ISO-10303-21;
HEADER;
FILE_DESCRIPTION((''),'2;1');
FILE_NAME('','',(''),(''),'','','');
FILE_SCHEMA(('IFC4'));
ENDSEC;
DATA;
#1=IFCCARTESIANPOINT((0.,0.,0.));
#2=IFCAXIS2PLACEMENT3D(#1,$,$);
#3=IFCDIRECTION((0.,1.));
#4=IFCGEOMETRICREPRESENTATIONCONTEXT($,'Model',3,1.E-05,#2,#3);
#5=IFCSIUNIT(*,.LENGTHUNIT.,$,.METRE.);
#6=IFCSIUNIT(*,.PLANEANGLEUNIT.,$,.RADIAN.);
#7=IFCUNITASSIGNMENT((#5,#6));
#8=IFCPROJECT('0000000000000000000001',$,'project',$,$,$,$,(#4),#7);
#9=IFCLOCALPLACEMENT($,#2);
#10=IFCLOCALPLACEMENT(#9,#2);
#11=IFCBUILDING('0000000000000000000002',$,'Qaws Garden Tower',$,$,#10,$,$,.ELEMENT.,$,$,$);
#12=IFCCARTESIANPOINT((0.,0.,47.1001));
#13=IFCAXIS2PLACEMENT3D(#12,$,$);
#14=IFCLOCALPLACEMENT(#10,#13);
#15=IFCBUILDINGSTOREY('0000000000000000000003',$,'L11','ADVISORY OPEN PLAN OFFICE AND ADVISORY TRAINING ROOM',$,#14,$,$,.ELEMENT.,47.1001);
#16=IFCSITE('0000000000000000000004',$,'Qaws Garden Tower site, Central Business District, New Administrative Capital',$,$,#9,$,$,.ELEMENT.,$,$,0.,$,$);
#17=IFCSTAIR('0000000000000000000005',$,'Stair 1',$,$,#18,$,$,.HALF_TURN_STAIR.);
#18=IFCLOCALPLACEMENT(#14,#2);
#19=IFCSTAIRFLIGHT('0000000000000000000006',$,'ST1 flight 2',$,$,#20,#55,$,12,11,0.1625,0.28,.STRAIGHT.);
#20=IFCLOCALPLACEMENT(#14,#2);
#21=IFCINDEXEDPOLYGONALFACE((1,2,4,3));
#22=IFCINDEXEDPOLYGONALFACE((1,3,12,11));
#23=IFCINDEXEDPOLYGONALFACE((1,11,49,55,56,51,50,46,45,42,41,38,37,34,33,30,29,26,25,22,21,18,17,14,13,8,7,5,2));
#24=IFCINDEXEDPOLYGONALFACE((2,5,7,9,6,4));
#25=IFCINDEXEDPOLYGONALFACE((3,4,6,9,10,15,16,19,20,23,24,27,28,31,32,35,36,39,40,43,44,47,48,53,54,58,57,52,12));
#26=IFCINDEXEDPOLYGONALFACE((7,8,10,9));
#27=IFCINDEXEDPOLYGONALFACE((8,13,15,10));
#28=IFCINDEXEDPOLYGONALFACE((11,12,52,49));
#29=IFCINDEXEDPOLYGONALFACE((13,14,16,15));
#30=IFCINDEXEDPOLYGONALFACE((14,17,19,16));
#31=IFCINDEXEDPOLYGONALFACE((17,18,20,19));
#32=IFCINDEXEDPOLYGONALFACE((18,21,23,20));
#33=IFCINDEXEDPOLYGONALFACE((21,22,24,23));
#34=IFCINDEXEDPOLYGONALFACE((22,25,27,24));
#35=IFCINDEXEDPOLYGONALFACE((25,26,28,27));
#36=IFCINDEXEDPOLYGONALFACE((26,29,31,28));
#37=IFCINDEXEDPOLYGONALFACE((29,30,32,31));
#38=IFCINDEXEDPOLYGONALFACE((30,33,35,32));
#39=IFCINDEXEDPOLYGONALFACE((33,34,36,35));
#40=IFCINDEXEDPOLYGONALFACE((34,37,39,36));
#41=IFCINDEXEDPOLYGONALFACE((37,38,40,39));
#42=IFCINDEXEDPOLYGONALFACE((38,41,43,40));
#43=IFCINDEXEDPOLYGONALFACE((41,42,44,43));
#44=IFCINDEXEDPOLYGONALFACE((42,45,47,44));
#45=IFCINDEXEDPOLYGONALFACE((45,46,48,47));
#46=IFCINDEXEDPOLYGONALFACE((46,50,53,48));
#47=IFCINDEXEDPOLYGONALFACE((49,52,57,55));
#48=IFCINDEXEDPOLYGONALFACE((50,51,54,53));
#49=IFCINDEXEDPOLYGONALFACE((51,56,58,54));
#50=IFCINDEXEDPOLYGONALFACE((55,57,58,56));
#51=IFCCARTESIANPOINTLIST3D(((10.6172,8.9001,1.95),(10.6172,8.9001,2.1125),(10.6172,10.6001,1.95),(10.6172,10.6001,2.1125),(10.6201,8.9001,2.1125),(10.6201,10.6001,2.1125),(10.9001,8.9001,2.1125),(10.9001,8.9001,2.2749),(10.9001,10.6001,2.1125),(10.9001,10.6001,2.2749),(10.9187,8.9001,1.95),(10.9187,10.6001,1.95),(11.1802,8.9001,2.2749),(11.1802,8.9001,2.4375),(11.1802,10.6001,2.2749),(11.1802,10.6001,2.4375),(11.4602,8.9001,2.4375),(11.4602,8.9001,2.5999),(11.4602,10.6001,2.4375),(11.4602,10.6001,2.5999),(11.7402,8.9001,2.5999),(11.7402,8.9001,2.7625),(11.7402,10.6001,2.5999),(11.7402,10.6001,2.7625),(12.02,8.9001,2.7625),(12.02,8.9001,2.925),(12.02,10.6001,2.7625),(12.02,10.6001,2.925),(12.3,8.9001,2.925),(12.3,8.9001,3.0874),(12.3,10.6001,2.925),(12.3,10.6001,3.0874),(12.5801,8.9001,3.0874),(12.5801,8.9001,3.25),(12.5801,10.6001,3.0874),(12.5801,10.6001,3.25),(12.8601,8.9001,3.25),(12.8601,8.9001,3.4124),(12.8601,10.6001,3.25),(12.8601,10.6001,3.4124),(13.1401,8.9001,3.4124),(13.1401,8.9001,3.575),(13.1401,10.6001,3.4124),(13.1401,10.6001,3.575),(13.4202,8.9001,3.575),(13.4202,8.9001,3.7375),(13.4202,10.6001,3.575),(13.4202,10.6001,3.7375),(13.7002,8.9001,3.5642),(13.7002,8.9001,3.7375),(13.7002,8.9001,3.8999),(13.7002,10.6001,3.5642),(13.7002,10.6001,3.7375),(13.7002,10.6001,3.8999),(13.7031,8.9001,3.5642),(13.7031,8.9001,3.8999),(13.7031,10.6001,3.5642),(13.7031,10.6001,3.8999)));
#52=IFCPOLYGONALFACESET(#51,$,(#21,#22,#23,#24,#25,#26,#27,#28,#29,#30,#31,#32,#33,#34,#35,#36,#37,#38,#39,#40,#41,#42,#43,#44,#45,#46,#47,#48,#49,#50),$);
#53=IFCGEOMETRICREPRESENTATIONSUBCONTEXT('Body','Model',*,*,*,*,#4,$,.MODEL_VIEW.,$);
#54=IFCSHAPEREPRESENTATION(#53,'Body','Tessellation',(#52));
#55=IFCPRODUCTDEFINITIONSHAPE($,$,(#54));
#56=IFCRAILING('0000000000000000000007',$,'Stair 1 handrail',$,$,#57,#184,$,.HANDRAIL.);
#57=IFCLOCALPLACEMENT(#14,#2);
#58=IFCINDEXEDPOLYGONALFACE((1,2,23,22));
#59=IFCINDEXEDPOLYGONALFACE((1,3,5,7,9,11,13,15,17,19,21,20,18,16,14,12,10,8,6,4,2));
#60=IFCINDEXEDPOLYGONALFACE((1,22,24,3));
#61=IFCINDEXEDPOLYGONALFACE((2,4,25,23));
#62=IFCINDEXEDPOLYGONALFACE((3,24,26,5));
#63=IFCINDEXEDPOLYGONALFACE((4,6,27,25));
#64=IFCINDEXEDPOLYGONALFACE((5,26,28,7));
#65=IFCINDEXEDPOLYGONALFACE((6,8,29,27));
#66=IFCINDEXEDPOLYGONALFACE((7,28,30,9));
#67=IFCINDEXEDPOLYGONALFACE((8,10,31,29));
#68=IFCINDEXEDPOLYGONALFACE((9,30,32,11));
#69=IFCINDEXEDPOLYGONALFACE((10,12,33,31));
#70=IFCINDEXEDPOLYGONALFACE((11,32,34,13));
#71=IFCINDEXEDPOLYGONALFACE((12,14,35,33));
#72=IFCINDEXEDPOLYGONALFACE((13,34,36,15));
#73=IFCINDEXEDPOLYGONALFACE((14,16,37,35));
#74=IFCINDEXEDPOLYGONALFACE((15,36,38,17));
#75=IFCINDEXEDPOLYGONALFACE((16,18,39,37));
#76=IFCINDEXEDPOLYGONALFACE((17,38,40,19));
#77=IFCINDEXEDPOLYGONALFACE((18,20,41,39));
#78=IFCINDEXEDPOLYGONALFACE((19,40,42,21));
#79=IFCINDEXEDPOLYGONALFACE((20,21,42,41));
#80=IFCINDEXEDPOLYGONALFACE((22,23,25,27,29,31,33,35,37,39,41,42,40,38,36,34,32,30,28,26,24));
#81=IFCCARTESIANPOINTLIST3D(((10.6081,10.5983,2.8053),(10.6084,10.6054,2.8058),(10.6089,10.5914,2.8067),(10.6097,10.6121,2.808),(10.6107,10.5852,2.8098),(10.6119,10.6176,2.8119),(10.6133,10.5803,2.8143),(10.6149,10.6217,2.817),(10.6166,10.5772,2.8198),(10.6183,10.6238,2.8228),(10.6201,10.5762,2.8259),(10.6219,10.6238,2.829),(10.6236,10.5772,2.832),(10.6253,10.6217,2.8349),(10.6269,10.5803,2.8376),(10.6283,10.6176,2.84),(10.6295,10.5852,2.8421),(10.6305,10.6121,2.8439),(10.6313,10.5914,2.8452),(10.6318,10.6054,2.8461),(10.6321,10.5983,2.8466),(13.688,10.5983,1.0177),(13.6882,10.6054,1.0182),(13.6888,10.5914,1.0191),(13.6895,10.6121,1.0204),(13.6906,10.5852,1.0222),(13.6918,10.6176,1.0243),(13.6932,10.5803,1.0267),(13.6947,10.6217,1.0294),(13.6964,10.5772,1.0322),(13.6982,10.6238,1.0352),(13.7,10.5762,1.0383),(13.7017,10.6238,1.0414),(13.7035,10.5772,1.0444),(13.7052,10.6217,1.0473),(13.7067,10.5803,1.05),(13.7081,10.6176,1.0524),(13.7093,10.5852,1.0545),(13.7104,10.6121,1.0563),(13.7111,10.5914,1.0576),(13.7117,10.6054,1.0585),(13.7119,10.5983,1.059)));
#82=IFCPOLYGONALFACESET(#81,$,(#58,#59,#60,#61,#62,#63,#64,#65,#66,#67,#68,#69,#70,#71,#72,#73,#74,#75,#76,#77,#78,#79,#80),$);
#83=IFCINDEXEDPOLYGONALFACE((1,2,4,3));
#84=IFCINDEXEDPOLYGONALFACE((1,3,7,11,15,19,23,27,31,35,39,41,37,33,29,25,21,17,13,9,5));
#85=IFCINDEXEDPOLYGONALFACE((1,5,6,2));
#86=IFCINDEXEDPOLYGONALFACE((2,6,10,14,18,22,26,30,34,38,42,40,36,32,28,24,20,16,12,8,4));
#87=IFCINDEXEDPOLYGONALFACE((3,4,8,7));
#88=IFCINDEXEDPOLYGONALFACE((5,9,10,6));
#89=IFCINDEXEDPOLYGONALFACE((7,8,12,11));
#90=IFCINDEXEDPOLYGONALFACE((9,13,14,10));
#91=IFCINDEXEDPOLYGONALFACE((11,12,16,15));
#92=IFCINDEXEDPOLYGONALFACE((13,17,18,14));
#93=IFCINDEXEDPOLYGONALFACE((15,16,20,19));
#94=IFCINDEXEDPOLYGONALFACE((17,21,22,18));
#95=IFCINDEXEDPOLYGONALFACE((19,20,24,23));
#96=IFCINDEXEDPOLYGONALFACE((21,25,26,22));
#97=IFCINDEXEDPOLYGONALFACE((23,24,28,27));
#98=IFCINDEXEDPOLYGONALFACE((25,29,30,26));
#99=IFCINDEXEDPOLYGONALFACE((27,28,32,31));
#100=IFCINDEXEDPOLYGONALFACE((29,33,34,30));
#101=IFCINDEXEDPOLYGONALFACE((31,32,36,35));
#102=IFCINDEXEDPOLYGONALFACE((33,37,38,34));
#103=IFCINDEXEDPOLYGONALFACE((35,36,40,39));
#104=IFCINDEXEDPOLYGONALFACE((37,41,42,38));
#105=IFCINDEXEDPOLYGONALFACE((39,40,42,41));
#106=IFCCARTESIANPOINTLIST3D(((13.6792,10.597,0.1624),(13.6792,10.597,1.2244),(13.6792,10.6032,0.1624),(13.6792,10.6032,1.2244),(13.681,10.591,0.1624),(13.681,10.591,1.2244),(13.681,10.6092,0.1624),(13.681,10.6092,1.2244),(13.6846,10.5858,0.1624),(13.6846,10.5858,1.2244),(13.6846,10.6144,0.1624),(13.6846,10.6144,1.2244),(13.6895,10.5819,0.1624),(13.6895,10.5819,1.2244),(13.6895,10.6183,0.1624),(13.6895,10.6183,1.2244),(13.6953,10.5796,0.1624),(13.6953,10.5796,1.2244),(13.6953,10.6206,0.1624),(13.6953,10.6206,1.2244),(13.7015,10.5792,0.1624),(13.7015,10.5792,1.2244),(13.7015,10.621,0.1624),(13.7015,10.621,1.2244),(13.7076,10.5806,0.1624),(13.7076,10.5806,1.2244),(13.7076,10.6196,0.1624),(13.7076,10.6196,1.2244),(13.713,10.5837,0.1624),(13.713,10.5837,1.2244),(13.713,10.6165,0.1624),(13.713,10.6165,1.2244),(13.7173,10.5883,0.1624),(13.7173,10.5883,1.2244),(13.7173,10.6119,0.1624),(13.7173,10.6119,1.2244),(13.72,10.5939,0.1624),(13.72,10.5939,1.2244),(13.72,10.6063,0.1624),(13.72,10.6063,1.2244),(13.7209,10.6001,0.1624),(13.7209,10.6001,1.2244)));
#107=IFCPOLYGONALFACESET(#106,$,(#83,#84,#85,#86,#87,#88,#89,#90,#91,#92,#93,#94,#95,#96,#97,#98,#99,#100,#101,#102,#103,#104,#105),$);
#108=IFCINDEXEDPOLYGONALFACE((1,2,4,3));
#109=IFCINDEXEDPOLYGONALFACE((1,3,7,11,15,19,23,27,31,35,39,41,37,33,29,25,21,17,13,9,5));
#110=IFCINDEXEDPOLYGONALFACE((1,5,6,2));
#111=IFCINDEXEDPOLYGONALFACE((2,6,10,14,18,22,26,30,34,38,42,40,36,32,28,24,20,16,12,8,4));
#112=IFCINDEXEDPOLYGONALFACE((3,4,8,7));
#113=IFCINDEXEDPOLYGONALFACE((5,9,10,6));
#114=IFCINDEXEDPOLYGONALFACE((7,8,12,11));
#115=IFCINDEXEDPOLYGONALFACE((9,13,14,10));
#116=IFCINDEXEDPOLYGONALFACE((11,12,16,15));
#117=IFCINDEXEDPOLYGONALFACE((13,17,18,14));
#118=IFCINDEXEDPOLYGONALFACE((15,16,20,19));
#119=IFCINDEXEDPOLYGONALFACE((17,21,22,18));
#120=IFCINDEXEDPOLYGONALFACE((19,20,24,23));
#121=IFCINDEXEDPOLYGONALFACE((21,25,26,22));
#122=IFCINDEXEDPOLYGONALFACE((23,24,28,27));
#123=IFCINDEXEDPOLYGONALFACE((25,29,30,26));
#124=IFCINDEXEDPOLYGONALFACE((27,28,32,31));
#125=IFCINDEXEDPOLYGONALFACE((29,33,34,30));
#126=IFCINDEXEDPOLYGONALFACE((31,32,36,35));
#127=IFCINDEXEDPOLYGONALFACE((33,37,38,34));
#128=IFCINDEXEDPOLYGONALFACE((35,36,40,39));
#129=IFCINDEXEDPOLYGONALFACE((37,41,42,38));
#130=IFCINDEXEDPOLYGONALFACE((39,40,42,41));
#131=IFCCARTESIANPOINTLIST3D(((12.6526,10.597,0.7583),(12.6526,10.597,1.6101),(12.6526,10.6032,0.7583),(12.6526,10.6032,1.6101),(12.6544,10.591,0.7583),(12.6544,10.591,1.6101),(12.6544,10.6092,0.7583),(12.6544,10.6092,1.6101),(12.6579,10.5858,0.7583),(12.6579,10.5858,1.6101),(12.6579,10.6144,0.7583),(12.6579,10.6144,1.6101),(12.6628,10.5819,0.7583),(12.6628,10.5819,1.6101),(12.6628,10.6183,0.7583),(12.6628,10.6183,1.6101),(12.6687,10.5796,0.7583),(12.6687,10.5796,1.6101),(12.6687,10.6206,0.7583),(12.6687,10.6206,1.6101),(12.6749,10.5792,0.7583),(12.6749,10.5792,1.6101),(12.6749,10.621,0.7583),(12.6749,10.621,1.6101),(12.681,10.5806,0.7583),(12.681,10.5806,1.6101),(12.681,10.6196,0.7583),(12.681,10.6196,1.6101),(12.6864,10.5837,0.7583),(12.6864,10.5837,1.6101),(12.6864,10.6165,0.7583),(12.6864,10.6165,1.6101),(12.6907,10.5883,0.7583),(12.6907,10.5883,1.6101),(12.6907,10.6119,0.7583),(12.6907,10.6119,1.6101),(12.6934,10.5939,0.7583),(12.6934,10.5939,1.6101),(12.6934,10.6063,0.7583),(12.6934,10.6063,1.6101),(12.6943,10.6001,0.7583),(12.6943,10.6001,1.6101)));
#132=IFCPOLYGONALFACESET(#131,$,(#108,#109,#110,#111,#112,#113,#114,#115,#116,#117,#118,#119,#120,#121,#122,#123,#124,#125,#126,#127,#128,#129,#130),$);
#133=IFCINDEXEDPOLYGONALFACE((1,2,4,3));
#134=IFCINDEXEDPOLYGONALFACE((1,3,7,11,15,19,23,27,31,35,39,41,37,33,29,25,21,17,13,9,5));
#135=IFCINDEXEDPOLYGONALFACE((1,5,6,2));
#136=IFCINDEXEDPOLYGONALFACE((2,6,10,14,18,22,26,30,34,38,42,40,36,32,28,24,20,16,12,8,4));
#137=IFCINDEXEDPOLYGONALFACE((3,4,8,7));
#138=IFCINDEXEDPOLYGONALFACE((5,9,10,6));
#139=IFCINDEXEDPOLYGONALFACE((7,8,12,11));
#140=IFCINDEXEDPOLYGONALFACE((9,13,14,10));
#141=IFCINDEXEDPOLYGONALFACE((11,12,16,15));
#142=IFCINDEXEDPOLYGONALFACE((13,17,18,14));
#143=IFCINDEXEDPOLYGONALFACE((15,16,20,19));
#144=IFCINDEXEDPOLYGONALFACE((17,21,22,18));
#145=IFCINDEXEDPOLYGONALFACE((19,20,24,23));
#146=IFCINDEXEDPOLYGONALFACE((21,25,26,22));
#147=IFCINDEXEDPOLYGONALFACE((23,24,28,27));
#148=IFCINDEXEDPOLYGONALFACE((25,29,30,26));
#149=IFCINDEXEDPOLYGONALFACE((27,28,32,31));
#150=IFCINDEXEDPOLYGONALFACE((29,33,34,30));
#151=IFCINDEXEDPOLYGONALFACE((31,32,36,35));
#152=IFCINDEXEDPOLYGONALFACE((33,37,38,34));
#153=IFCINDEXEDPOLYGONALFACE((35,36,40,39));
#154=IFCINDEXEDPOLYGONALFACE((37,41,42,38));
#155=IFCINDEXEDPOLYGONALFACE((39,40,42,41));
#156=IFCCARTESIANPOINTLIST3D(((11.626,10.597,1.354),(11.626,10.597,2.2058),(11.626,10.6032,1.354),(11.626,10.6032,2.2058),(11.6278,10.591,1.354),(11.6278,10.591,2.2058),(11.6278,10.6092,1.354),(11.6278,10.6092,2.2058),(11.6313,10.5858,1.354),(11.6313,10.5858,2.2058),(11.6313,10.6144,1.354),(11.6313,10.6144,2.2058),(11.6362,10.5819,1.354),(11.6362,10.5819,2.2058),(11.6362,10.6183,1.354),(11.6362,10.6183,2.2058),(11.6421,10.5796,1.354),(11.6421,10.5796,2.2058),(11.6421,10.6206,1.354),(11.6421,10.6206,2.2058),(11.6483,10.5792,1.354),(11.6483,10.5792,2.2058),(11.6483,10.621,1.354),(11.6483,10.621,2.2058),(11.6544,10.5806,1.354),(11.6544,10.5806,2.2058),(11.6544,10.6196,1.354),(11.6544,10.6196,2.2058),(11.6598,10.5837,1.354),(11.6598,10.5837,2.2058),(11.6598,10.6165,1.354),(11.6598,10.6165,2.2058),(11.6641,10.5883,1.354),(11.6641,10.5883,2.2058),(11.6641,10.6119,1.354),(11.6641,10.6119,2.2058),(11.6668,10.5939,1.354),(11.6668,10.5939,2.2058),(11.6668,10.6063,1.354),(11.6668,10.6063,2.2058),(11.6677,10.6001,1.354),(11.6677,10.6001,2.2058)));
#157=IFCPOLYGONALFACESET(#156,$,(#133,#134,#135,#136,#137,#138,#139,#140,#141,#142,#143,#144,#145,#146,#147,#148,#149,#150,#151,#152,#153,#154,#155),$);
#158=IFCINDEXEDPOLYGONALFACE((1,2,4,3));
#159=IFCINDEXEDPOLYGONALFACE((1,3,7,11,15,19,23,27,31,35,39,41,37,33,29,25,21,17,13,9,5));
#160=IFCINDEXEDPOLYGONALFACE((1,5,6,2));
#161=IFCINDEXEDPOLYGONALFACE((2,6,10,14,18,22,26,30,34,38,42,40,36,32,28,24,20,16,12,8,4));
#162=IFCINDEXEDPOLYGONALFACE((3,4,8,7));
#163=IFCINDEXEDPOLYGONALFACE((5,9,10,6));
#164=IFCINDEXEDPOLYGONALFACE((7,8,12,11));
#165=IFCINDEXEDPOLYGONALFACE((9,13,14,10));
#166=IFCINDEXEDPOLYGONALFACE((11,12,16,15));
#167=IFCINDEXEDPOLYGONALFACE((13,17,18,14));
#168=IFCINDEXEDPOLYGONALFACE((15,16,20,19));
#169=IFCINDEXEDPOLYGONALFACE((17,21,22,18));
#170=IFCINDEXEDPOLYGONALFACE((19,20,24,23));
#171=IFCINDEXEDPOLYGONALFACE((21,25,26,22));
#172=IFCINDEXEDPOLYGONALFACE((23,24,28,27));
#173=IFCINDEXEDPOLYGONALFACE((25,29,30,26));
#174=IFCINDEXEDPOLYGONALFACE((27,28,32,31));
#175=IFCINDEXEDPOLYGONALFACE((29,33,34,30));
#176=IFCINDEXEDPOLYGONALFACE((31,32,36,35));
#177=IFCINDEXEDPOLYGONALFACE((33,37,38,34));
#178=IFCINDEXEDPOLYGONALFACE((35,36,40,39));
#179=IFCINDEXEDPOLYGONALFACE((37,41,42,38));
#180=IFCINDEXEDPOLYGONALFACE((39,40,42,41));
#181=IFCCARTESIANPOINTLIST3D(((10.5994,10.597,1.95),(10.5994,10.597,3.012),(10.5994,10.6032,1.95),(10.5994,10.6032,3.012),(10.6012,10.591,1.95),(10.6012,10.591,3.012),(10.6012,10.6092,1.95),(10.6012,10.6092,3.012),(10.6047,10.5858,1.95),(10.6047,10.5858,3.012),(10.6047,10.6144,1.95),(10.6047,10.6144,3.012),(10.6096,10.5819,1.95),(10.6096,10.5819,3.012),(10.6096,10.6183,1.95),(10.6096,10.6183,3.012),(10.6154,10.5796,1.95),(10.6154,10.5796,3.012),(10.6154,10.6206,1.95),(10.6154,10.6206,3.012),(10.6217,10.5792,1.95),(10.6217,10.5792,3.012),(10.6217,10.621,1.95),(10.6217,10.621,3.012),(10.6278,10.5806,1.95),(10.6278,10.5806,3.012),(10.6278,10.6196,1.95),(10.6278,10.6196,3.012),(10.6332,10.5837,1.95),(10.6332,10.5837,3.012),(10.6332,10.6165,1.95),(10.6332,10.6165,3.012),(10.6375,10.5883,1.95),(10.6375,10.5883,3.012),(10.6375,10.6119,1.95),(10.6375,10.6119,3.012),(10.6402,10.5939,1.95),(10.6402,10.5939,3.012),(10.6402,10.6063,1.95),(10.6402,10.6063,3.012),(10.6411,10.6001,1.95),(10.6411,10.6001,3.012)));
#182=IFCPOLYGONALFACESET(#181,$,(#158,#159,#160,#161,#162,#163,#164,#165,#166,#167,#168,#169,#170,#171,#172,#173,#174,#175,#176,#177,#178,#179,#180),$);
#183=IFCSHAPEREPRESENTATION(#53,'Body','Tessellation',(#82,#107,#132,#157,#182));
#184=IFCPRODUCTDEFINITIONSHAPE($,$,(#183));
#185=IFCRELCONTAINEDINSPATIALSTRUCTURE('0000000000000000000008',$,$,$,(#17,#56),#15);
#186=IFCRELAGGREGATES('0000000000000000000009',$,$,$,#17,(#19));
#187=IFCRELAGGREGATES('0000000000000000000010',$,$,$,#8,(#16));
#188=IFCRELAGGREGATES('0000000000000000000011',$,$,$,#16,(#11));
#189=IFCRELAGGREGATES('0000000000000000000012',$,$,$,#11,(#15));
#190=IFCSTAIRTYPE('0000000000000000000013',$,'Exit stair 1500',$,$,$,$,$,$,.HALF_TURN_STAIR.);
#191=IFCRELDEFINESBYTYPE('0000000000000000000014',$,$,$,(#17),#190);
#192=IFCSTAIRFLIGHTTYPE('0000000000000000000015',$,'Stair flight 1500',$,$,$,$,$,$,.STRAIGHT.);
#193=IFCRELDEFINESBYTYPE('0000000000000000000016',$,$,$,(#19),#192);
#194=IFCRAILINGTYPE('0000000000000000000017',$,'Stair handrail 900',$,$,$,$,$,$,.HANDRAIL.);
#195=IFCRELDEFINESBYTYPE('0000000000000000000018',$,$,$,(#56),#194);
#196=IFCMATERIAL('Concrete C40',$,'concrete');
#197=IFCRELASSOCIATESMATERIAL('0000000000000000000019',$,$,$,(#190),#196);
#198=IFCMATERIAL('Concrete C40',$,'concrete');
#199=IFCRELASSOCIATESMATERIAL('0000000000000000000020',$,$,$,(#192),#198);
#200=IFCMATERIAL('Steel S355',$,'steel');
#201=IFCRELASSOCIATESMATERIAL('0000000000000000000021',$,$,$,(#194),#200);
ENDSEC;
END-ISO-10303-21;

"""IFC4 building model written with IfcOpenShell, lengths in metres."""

from ifc_helpers import new_model, si_unit, direction, frame, origin, origin_2d, place, context, subcontext, project, spatial, polyline, circle, outline, extrude, material, type_object, element, aggregate, save


model = new_model("IFC4")

# Units and contexts
model_context = context("Model", 3, precision=1e-05, world=origin(), true_north=direction((0.0, 1.0)))
body_context = subcontext(model_context, "Body", "Model", "MODEL_VIEW")
ifc_project = project(units=[si_unit("LENGTHUNIT", "METRE"), si_unit("PLANEANGLEUNIT", "RADIAN")], contexts=[model_context])

# Site, building, storey
site_placement = place(None, origin())
site = spatial("IfcSite", under=ifc_project, at=site_placement, Name="Qaws Garden Tower site, Central Business District, New Administrative Capital", CompositionType="ELEMENT", RefElevation=0.0)
building_placement = place(site_placement, origin())
building = spatial("IfcBuilding", under=site, at=building_placement, Name="Qaws Garden Tower", CompositionType="ELEMENT")
storey_placement = place(building_placement, frame((0.0, 0.0, 47.1001)))
storey = spatial("IfcBuildingStorey", under=building, at=storey_placement, Name="L11", Description="ADVISORY OPEN PLAN OFFICE AND ADVISORY TRAINING ROOM", CompositionType="ELEMENT", Elevation=47.1001)

# Stair, stair flight
ifc_material_1 = material(Name="Concrete C40", Category="concrete")
stair_type = type_object("IfcStairType", Name="Exit stair 1500", PredefinedType="HALF_TURN_STAIR", material=ifc_material_1)
stair_placement = place(storey_placement, origin())
stair = element("IfcStair", 1, at=stair_placement, inside=storey, type_object=stair_type, Name="Stair 1", PredefinedType="HALF_TURN_STAIR")
ifc_material_2 = material(Name="Concrete C40", Category="concrete")
stair_flight_type = type_object("IfcStairFlightType", Name="Stair flight 1500", PredefinedType="STRAIGHT", material=ifc_material_2)
stair_flight_1_placement = place(storey_placement, frame((10.6201, 9.75, 1.95), z_axis=(0.0, 0.0, 1.0), x_axis=(1.0, 0.0, 0.0)))
stair_flight_1 = element("IfcStairFlight", 2, at=stair_flight_1_placement, type_object=stair_flight_type, Name="ST1 flight 2", NumberOfRisers=12, NumberOfTreads=11, PredefinedType="STRAIGHT", RiserHeight=0.1625, TreadLength=0.28, context=body_context, shape_type="SweptSolid", body=[
    extrude(outline(polyline([(-0.0029, 0.0), (-0.0029, 0.1626), (0.0, 0.1626), (0.28, 0.1626), (0.28, 0.325), (0.5601, 0.325), (0.5601, 0.4875), (0.8401, 0.4875), (0.8401, 0.6499), (1.1201, 0.6499), (1.1201, 0.8125), (1.3999, 0.8125), (1.3999, 0.9751), (1.6799, 0.9751), (1.6799, 1.1375), (1.96, 1.1375), (1.96, 1.3), (2.24, 1.3), (2.24, 1.4624), (2.52, 1.4624), (2.52, 1.625), (2.8, 1.625), (2.8, 1.7876), (3.0801, 1.7876), (3.0801, 1.95), (3.083, 1.95), (3.083, 1.6143), (3.0801, 1.6143), (0.2986, 0.0), (-0.0029, 0.0)])), frame((0.0, 0.8501, 0.0), z_axis=(0.0, -1.0, 0.0), x_axis=(1.0, 0.0, 0.0)), (0.0, 0.0, 1.0), 1.7),
])
aggregate(stair, [stair_flight_1])

# Railing
ifc_material_3 = material(Name="Steel S355", Category="steel")
railing_type = type_object("IfcRailingType", Name="Stair handrail 900", PredefinedType="HANDRAIL", material=ifc_material_3)
railing_1_placement = place(storey_placement, frame((13.7, 10.6001, 0.1624)))
element("IfcRailing", 3, at=railing_1_placement, inside=storey, type_object=railing_type, Name="Stair 1 handrail", PredefinedType="HANDRAIL", context=body_context, shape_type="SweptSolid", body=[
    extrude(circle(Radius=0.0239, at=origin_2d()), frame((0.0, 0.0, 0.876), z_axis=(-0.864873, 0.0, 0.50199), x_axis=(0.0, -1.0, 0.0)), (0.0, 0.0, 1.0), 3.561),
    extrude(circle(Radius=0.021, at=origin_2d()), origin(), (0.0, 0.0, 1.0), 1.062),
    extrude(circle(Radius=0.021, at=origin_2d()), frame((-1.0266, 0.0, 0.5959)), (0.0, 0.0, 1.0), 0.8518),
    extrude(circle(Radius=0.021, at=origin_2d()), frame((-2.0532, 0.0, 1.1917)), (0.0, 0.0, 1.0), 0.8518),
    extrude(circle(Radius=0.021, at=origin_2d()), frame((-3.0798, 0.0, 1.7876)), (0.0, 0.0, 1.0), 1.062),
])

save(model, "model.ifc")
